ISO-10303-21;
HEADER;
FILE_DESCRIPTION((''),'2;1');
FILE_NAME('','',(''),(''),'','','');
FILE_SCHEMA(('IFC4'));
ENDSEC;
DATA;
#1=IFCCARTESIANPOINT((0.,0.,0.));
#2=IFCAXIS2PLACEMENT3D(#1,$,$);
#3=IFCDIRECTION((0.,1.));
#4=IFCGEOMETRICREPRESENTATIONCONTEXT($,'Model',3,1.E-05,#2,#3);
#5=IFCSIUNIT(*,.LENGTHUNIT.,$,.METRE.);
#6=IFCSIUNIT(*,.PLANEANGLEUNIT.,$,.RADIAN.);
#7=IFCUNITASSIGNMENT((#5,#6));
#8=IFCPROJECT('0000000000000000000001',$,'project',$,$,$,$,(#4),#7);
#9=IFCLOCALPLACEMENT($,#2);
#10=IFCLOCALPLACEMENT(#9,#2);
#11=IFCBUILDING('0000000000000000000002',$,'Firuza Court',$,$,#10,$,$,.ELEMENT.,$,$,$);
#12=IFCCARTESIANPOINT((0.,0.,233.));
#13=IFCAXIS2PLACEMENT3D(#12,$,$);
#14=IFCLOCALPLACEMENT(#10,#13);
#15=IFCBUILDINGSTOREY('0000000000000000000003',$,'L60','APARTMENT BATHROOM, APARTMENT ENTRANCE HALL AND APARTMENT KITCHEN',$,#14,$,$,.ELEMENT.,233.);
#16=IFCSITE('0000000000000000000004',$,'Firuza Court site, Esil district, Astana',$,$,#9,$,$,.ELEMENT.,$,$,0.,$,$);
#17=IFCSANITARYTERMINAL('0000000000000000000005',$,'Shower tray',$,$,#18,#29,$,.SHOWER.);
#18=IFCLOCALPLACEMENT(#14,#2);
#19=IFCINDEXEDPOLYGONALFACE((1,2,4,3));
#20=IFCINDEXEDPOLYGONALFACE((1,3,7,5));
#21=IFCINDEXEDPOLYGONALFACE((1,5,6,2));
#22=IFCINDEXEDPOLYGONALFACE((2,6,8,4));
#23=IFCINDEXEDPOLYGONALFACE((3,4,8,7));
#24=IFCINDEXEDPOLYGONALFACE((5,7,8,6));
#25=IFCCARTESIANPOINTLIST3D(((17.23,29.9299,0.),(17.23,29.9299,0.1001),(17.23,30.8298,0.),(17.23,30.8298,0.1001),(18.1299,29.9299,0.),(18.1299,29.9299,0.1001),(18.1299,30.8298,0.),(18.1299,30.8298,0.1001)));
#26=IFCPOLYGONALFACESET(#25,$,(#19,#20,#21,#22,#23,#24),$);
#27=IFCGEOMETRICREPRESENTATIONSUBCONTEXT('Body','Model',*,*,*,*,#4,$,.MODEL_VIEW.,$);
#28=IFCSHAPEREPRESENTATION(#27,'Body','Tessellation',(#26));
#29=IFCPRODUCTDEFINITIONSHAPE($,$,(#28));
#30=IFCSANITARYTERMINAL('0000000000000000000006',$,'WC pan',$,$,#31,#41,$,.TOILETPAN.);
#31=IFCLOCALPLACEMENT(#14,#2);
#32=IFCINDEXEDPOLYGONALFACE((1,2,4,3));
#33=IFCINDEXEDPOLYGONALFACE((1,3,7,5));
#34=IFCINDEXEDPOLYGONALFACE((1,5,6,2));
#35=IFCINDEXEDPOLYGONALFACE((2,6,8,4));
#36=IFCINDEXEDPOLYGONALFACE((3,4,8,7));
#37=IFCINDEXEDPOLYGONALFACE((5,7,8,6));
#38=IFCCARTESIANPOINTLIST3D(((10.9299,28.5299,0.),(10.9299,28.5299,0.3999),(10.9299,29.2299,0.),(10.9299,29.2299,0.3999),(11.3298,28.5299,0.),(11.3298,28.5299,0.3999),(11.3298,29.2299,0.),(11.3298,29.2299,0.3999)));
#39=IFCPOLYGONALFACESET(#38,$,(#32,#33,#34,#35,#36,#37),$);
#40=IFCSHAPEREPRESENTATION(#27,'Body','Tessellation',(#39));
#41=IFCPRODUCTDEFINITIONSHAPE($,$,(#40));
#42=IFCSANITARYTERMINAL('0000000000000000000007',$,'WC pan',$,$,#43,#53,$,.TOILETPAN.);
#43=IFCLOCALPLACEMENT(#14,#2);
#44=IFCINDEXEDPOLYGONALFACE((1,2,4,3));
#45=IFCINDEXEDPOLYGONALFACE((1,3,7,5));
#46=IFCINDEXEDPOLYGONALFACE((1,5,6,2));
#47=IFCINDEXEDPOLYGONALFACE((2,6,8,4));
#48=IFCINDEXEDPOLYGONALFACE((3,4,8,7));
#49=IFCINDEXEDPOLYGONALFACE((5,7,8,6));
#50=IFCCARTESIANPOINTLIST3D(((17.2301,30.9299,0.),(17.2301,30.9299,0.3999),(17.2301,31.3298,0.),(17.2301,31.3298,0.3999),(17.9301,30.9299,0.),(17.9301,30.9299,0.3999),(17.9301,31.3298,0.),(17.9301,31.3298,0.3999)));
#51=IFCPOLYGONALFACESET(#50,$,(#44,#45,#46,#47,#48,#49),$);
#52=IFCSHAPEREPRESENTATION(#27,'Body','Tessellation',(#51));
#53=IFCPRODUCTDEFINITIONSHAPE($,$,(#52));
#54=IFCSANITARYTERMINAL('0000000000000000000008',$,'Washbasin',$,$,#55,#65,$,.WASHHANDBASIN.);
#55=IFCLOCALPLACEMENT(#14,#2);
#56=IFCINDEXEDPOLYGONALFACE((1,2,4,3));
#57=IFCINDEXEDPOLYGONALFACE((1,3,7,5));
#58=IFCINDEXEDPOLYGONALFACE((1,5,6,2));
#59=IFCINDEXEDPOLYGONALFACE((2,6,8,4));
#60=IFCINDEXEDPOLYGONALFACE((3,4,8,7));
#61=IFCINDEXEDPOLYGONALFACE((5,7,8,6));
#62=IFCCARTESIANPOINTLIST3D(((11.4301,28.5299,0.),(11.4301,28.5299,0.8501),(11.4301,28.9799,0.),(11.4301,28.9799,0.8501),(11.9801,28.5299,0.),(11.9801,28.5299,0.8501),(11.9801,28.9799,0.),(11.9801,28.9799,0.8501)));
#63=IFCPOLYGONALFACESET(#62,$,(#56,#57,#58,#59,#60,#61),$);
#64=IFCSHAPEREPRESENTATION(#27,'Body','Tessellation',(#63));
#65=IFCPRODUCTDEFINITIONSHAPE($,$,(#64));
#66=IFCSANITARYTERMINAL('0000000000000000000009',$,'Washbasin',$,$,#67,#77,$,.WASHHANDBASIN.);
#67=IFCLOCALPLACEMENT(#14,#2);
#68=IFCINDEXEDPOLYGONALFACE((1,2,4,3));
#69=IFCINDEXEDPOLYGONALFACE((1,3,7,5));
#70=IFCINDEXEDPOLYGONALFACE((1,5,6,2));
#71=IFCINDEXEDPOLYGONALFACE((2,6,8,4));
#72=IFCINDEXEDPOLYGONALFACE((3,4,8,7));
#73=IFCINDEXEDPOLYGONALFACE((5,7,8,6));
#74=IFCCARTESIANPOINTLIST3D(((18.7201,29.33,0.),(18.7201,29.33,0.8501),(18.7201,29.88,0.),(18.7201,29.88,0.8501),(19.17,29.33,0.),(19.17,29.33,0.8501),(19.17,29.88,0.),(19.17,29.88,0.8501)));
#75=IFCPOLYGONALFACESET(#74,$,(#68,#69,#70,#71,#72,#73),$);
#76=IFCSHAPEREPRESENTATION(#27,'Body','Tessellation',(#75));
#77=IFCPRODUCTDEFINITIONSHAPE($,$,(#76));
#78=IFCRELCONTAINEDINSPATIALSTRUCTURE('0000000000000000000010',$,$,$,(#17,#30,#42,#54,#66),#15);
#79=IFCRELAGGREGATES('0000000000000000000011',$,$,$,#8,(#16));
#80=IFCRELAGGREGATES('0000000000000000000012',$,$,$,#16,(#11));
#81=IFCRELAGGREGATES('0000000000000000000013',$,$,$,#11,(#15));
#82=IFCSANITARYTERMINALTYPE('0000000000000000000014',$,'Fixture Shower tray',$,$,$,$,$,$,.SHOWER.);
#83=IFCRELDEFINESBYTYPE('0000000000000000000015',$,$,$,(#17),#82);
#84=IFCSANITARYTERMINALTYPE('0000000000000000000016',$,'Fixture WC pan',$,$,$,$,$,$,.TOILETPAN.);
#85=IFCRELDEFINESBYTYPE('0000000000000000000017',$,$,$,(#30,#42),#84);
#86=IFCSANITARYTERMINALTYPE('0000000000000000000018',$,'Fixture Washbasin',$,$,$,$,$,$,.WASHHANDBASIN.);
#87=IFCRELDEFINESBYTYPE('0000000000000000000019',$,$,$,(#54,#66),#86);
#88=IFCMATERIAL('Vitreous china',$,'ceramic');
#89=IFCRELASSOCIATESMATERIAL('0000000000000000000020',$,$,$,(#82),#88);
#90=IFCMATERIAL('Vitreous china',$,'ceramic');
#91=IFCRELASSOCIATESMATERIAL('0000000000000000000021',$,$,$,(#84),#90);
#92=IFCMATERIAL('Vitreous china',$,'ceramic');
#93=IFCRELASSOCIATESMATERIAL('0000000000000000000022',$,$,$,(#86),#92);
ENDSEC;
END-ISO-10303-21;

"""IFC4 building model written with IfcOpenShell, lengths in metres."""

from ifc_helpers import new_model, si_unit, direction, frame, origin, origin_2d, place, context, subcontext, project, spatial, rectangle, extrude, material, type_object, element, save


model = new_model("IFC4")

# Units and contexts
model_context = context("Model", 3, precision=1e-05, world=origin(), true_north=direction((0.0, 1.0)))
body_context = subcontext(model_context, "Body", "Model", "MODEL_VIEW")
ifc_project = project(units=[si_unit("LENGTHUNIT", "METRE"), si_unit("PLANEANGLEUNIT", "RADIAN")], contexts=[model_context])

# Site, building, storey
site_placement = place(None, origin())
site = spatial("IfcSite", under=ifc_project, at=site_placement, Name="Firuza Court site, Esil district, Astana", CompositionType="ELEMENT", RefElevation=0.0)
building_placement = place(site_placement, origin())
building = spatial("IfcBuilding", under=site, at=building_placement, Name="Firuza Court", CompositionType="ELEMENT")
storey_placement = place(building_placement, frame((0.0, 0.0, 233.0)))
storey = spatial("IfcBuildingStorey", under=building, at=storey_placement, Name="L60", Description="APARTMENT BATHROOM, APARTMENT ENTRANCE HALL AND APARTMENT KITCHEN", CompositionType="ELEMENT", Elevation=233.0)

# Sanitary terminals
ifc_material_1 = material(Name="Vitreous china", Category="ceramic")
sanitary_terminal_type_1 = type_object("IfcSanitaryTerminalType", Name="Fixture Shower tray", PredefinedType="SHOWER", material=ifc_material_1)
sanitary_terminal_1_placement = place(storey_placement, frame((17.6799, 30.3799, 0.0), z_axis=(0.0, 0.0, 1.0), x_axis=(1.0, 0.0, 0.0)))
element("IfcSanitaryTerminal", 1, at=sanitary_terminal_1_placement, inside=storey, type_object=sanitary_terminal_type_1, Name="Shower tray", PredefinedType="SHOWER", context=body_context, shape_type="SweptSolid", body=[
    extrude(rectangle(XDim=0.8999, YDim=0.8999, at=origin_2d()), origin(), (0.0, 0.0, 1.0), 0.1001),
])
ifc_material_2 = material(Name="Vitreous china", Category="ceramic")
sanitary_terminal_type_2 = type_object("IfcSanitaryTerminalType", Name="Fixture WC pan", PredefinedType="TOILETPAN", material=ifc_material_2)
sanitary_terminal_2_placement = place(storey_placement, frame((11.1299, 28.8799, 0.0), z_axis=(0.0, 0.0, 1.0), x_axis=(1.0, 0.0, 0.0)))
element("IfcSanitaryTerminal", 2, at=sanitary_terminal_2_placement, inside=storey, type_object=sanitary_terminal_type_2, Name="WC pan", PredefinedType="TOILETPAN", context=body_context, shape_type="SweptSolid", body=[
    extrude(rectangle(XDim=0.3999, YDim=0.7, at=origin_2d()), origin(), (0.0, 0.0, 1.0), 0.3999),
])
sanitary_terminal_3_placement = place(storey_placement, frame((17.5801, 31.1299, 0.0), z_axis=(0.0, 0.0, 1.0), x_axis=(1.0, 0.0, 0.0)))
element("IfcSanitaryTerminal", 3, at=sanitary_terminal_3_placement, inside=storey, type_object=sanitary_terminal_type_2, Name="WC pan", PredefinedType="TOILETPAN", context=body_context, shape_type="SweptSolid", body=[
    extrude(rectangle(XDim=0.7, YDim=0.3999, at=origin_2d()), origin(), (0.0, 0.0, 1.0), 0.3999),
])
ifc_material_3 = material(Name="Vitreous china", Category="ceramic")
sanitary_terminal_type_3 = type_object("IfcSanitaryTerminalType", Name="Fixture Washbasin", PredefinedType="WASHHANDBASIN", material=ifc_material_3)
sanitary_terminal_4_placement = place(storey_placement, frame((11.7051, 28.7549, 0.0), z_axis=(0.0, 0.0, 1.0), x_axis=(1.0, 0.0, 0.0)))
element("IfcSanitaryTerminal", 4, at=sanitary_terminal_4_placement, inside=storey, type_object=sanitary_terminal_type_3, Name="Washbasin", PredefinedType="WASHHANDBASIN", context=body_context, shape_type="SweptSolid", body=[
    extrude(rectangle(XDim=0.55, YDim=0.45, at=origin_2d()), origin(), (0.0, 0.0, 1.0), 0.8501),
])
sanitary_terminal_5_placement = place(storey_placement, frame((18.9451, 29.605, 0.0), z_axis=(0.0, 0.0, 1.0), x_axis=(1.0, 0.0, 0.0)))
element("IfcSanitaryTerminal", 5, at=sanitary_terminal_5_placement, inside=storey, type_object=sanitary_terminal_type_3, Name="Washbasin", PredefinedType="WASHHANDBASIN", context=body_context, shape_type="SweptSolid", body=[
    extrude(rectangle(XDim=0.45, YDim=0.55, at=origin_2d()), origin(), (0.0, 0.0, 1.0), 0.8501),
])

save(model, "model.ifc")
